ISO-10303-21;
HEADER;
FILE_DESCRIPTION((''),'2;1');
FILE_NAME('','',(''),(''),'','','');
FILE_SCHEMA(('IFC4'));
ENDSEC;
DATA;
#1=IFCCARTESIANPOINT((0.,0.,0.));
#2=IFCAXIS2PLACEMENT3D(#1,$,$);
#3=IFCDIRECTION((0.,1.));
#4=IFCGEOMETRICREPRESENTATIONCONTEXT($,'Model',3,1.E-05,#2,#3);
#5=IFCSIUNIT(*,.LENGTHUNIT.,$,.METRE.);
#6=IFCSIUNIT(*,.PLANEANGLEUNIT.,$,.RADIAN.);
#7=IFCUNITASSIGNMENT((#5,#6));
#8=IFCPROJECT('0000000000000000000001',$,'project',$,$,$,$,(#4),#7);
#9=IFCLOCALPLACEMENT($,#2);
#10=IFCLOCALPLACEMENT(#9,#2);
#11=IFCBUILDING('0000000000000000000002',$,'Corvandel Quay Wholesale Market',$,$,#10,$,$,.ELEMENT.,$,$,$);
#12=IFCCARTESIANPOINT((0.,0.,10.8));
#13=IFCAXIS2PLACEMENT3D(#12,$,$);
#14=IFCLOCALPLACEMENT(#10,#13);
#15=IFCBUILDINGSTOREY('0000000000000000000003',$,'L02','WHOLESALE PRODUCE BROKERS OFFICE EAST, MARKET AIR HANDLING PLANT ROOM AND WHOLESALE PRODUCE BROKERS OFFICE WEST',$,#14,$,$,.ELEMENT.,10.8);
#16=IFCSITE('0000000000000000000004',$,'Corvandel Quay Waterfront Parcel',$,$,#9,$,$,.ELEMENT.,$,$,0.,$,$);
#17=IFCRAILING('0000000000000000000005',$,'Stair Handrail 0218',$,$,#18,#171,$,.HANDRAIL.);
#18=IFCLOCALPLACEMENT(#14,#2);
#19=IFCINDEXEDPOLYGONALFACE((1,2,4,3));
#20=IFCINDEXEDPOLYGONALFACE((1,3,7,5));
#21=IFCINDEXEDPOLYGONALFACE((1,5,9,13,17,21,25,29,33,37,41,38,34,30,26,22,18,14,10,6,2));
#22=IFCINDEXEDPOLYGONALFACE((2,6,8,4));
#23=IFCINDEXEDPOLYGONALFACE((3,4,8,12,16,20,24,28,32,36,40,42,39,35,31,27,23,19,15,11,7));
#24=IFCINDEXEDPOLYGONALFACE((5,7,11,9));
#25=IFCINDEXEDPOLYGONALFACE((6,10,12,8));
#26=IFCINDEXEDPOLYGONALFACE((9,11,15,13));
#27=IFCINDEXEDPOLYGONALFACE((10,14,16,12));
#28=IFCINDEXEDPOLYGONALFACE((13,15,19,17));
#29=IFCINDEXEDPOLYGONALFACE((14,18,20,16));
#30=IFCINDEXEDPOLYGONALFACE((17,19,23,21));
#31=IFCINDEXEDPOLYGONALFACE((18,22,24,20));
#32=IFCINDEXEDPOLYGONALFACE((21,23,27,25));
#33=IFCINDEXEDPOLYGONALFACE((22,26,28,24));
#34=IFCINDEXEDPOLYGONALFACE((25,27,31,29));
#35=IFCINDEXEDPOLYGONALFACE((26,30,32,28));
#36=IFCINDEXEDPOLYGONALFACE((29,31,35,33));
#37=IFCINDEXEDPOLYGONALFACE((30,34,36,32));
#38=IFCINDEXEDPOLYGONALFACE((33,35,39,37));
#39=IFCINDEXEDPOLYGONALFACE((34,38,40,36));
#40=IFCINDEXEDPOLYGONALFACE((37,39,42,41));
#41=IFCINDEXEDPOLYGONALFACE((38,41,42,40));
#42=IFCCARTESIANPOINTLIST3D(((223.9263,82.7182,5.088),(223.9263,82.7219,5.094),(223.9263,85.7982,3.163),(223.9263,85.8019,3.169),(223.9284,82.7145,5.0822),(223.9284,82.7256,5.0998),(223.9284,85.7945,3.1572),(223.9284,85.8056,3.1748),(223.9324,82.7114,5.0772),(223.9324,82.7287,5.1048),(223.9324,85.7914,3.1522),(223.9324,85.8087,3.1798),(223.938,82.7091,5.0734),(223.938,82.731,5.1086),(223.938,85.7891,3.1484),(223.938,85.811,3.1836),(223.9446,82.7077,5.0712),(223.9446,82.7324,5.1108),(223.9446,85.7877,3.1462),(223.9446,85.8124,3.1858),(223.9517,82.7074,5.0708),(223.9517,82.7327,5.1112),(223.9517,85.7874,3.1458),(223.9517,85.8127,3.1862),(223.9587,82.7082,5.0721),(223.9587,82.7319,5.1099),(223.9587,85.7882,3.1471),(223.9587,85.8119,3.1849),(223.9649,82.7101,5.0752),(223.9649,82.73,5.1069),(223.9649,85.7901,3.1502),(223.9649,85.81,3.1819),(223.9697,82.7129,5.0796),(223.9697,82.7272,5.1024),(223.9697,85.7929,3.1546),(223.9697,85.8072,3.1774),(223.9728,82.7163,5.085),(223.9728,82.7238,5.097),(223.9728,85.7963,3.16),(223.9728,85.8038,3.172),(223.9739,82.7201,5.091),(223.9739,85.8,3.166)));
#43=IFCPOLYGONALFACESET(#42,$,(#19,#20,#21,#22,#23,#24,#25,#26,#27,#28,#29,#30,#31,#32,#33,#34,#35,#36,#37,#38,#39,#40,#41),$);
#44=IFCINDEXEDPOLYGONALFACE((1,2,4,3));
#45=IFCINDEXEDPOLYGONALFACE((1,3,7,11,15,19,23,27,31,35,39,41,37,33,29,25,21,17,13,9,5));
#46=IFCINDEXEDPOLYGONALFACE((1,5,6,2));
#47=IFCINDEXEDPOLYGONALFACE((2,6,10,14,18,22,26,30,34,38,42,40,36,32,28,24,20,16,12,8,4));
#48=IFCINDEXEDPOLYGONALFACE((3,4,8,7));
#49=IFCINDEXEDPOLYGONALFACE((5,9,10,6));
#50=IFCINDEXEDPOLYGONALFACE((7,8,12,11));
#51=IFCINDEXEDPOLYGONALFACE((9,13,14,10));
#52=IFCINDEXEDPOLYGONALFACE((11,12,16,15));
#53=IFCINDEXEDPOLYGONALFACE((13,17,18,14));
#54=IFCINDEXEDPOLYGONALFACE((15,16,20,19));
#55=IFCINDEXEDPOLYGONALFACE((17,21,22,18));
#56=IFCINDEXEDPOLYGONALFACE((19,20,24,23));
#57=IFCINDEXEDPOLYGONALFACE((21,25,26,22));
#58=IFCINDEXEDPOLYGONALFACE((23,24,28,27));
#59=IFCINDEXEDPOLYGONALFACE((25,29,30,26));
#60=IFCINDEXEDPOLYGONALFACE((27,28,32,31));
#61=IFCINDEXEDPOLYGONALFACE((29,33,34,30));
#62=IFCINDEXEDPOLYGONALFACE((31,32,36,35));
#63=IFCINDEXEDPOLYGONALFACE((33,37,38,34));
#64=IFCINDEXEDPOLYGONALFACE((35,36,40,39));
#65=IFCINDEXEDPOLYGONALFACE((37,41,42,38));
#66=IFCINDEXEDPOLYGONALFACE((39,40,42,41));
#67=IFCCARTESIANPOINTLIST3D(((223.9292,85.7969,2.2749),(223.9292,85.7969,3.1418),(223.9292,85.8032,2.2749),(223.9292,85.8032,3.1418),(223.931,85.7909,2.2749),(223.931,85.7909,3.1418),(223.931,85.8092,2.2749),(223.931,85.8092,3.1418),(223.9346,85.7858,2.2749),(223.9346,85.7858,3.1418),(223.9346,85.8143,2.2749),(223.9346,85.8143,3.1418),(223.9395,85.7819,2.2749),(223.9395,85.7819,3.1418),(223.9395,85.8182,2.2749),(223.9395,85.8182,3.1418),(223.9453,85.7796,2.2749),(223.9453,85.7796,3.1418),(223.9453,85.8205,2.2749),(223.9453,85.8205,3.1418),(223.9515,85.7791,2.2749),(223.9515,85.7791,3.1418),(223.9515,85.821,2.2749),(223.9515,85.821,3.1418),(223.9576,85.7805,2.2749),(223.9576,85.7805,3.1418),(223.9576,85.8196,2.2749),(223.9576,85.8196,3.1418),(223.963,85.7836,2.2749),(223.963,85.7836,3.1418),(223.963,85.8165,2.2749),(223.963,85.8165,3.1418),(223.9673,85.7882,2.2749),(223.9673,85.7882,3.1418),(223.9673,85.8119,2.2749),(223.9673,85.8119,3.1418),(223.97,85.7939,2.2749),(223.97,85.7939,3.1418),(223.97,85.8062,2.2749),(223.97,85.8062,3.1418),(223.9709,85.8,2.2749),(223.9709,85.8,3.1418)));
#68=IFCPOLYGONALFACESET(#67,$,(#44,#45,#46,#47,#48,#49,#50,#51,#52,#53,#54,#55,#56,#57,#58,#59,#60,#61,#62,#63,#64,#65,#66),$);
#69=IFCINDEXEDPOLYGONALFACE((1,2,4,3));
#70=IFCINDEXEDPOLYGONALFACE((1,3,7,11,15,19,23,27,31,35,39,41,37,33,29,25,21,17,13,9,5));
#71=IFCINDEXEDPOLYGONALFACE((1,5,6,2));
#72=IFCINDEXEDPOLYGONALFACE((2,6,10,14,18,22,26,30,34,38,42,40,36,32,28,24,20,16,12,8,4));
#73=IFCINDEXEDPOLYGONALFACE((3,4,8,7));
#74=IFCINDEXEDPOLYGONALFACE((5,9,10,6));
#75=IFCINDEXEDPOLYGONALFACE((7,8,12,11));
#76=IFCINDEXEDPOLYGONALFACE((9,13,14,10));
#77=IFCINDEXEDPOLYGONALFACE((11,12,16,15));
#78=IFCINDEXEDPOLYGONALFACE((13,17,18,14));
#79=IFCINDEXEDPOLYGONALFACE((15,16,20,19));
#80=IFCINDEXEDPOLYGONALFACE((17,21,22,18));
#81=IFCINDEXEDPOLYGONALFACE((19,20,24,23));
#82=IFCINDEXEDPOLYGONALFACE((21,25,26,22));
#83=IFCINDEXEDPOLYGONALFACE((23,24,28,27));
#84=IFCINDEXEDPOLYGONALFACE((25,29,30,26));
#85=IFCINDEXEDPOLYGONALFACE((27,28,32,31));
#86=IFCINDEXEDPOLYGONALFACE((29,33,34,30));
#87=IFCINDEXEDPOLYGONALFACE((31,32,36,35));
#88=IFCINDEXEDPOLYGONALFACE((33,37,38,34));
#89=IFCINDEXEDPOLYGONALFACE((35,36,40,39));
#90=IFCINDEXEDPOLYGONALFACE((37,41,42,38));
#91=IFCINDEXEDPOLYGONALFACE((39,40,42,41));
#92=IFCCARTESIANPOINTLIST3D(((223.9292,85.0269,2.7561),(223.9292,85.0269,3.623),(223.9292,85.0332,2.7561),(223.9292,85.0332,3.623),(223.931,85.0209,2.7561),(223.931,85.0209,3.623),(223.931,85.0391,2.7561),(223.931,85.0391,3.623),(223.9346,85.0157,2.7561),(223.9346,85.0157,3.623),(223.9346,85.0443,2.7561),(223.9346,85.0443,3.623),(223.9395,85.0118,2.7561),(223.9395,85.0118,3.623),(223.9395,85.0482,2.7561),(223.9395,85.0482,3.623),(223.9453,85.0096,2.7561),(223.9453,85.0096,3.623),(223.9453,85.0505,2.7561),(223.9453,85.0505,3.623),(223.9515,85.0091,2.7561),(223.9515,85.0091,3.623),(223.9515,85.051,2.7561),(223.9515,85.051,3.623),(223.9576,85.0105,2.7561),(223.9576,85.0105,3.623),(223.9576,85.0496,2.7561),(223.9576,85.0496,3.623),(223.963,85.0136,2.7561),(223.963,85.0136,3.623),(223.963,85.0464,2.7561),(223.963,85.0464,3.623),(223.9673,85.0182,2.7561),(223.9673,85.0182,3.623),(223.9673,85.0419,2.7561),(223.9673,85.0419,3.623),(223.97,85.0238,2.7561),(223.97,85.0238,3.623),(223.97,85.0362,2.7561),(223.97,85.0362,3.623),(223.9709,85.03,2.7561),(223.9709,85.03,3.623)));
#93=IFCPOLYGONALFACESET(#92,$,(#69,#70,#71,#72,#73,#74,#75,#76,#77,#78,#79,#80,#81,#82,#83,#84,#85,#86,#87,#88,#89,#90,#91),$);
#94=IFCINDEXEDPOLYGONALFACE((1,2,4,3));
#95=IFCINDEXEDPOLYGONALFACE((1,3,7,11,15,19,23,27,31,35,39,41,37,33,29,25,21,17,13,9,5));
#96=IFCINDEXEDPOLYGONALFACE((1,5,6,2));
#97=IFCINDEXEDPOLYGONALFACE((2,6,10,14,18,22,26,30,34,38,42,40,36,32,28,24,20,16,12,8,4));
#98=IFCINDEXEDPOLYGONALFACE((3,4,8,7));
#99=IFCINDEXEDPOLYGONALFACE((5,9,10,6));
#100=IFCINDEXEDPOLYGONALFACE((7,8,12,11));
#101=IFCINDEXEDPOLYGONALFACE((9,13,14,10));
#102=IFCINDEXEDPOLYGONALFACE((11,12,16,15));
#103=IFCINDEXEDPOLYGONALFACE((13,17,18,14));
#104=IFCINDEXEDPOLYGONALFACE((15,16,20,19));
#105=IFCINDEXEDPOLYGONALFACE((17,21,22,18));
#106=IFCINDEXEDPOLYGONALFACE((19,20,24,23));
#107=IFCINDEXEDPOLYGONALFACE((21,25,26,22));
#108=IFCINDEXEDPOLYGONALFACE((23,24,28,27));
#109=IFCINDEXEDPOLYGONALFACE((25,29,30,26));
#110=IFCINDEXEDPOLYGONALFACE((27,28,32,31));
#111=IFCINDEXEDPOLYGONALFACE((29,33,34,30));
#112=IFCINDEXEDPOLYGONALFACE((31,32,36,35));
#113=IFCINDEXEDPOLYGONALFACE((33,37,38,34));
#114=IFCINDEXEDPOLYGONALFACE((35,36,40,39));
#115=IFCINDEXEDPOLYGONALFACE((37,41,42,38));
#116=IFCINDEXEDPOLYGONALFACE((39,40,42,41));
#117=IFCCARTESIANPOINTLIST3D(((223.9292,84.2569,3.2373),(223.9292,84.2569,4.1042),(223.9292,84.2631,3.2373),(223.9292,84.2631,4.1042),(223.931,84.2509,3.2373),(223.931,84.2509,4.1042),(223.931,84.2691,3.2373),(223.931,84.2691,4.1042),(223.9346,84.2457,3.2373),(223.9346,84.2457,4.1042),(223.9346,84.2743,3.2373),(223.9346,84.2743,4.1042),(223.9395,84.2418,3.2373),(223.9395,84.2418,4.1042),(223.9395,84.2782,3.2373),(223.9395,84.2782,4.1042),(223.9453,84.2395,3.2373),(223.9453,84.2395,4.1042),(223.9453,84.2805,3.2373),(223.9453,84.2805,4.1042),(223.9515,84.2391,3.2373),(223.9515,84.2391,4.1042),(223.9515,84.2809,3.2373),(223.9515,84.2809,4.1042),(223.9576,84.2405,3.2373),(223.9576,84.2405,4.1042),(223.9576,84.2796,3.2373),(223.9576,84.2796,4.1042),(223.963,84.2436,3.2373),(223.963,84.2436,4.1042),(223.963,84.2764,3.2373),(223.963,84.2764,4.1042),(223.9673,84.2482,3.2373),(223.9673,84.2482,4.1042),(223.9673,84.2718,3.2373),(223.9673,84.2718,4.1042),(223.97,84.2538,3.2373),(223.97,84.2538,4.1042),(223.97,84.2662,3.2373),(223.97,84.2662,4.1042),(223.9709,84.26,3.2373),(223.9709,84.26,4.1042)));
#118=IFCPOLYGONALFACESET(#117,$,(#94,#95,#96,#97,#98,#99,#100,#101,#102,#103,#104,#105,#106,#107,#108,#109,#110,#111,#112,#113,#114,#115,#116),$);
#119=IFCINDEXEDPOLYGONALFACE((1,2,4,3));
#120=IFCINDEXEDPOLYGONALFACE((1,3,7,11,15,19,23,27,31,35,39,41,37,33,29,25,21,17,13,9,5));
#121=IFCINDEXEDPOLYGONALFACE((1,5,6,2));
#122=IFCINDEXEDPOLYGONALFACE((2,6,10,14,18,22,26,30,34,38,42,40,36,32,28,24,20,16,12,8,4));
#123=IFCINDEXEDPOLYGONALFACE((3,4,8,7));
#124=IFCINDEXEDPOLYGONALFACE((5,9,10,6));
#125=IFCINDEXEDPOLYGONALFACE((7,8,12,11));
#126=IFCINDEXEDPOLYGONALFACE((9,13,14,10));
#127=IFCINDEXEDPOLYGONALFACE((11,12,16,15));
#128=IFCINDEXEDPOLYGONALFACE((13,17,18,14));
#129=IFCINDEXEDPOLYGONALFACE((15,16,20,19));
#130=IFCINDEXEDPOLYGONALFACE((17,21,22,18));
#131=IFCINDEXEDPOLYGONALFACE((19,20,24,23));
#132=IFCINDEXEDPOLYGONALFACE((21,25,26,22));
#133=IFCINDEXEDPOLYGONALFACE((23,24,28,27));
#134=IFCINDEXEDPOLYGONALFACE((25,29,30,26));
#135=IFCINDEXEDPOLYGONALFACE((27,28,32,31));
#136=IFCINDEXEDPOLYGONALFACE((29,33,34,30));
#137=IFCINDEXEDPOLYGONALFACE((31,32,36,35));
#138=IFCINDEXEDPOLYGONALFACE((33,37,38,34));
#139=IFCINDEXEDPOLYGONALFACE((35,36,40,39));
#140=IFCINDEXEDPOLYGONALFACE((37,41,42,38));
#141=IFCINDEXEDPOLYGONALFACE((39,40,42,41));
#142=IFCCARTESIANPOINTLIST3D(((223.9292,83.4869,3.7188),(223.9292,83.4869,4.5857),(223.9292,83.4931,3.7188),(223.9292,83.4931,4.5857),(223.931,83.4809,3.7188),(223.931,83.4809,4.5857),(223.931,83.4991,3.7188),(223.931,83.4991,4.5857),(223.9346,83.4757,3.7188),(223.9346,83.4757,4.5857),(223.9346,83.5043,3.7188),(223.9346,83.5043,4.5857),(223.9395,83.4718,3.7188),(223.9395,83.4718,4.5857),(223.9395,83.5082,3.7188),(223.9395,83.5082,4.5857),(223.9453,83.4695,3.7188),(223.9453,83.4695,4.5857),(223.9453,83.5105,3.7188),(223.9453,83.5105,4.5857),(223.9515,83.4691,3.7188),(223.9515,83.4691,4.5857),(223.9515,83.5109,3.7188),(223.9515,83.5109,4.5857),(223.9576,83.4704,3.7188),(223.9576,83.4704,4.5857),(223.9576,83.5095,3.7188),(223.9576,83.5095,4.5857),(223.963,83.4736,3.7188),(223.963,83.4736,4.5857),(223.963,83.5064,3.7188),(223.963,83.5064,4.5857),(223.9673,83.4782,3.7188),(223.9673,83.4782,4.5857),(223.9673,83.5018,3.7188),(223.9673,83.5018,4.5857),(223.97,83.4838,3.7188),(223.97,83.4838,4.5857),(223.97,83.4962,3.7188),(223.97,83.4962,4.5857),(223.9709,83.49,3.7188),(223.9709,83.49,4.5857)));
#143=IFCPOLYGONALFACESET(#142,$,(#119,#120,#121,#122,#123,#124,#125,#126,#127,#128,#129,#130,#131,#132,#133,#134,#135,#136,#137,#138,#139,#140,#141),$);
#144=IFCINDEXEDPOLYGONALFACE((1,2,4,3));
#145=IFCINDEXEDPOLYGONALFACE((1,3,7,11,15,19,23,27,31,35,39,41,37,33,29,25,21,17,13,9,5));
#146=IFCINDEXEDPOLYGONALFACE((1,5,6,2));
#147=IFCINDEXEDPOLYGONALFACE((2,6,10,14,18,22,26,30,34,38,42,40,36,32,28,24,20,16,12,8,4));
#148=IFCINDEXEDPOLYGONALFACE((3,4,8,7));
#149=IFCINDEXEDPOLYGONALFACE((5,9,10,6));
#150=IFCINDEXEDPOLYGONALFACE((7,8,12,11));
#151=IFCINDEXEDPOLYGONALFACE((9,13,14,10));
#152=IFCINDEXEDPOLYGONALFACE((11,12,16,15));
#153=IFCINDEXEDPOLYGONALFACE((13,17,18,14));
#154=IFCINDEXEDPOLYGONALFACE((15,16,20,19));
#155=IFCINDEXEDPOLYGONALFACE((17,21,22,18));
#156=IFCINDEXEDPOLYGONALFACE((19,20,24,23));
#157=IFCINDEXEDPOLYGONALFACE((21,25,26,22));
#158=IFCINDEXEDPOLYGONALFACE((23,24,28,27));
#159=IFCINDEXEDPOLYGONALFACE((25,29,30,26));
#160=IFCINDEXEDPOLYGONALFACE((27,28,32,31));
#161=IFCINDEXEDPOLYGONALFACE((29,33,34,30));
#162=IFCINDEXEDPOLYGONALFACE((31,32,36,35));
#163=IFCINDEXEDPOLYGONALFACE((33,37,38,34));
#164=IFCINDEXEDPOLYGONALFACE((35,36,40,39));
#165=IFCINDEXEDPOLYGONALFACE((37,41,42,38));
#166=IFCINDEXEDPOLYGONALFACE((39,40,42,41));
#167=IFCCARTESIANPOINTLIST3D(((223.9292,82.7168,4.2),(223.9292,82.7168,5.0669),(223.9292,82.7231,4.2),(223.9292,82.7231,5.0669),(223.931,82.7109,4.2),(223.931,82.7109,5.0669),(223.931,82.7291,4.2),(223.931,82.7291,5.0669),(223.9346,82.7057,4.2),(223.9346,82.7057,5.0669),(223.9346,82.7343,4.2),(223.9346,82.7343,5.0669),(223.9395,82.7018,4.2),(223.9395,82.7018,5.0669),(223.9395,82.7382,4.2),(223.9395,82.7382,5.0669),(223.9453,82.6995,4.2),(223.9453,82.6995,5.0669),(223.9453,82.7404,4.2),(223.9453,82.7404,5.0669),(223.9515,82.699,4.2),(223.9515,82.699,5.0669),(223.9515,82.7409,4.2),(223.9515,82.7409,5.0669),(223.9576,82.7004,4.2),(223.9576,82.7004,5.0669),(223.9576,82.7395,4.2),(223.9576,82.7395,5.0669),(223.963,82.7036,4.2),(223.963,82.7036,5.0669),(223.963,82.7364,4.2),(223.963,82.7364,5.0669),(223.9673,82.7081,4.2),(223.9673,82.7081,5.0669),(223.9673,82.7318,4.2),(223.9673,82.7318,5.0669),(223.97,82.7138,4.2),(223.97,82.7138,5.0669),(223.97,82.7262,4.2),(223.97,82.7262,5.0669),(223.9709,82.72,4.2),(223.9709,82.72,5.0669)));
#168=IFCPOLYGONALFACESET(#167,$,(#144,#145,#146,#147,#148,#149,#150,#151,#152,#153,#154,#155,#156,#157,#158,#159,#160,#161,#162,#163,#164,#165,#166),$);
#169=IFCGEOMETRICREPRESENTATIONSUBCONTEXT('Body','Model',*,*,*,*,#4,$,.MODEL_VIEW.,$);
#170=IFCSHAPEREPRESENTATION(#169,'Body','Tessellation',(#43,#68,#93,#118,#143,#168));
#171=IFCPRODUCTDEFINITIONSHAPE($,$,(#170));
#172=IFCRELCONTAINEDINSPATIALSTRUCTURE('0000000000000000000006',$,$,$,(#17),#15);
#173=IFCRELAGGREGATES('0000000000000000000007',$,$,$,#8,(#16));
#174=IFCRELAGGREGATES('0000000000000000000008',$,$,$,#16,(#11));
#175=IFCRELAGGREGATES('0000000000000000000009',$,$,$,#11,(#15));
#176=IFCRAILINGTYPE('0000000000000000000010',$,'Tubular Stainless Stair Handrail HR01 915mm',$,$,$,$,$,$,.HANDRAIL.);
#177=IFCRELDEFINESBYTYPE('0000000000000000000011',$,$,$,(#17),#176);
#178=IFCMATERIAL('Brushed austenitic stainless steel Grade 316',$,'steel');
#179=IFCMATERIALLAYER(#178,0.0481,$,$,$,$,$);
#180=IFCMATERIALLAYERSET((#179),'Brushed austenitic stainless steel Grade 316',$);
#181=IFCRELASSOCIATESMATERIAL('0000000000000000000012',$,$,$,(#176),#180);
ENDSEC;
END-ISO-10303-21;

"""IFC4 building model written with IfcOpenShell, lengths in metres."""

from ifc_helpers import new_model, si_unit, direction, frame, origin, origin_2d, place, context, subcontext, project, spatial, circle, extrude, material, layer, layer_set, type_object, element, save


model = new_model("IFC4")

# Units and contexts
model_context = context("Model", 3, precision=1e-05, world=origin(), true_north=direction((0.0, 1.0)))
body_context = subcontext(model_context, "Body", "Model", "MODEL_VIEW")
ifc_project = project(units=[si_unit("LENGTHUNIT", "METRE"), si_unit("PLANEANGLEUNIT", "RADIAN")], contexts=[model_context])

# Site, building, storey
site_placement = place(None, origin())
site = spatial("IfcSite", under=ifc_project, at=site_placement, Name="Corvandel Quay Waterfront Parcel", CompositionType="ELEMENT", RefElevation=0.0)
building_placement = place(site_placement, origin())
building = spatial("IfcBuilding", under=site, at=building_placement, Name="Corvandel Quay Wholesale Market", CompositionType="ELEMENT")
storey_placement = place(building_placement, frame((0.0, 0.0, 10.8)))
storey = spatial("IfcBuildingStorey", under=building, at=storey_placement, Name="L02", Description="WHOLESALE PRODUCE BROKERS OFFICE EAST, MARKET AIR HANDLING PLANT ROOM AND WHOLESALE PRODUCE BROKERS OFFICE WEST", CompositionType="ELEMENT", Elevation=10.8)

# Railing
ifc_material_1 = material(Name="Brushed austenitic stainless steel Grade 316", Category="steel")
ifc_layer_1 = layer(ifc_material_1, 0.0481)
ifc_layer_set_1 = layer_set([ifc_layer_1], Name="Brushed austenitic stainless steel Grade 316")
railing_type_1 = type_object("IfcRailingType", Name="Tubular Stainless Stair Handrail HR01 915mm", PredefinedType="HANDRAIL", material=ifc_layer_set_1)
for number, where, name in (
    (1, (223.95, 85.8, 2.2749), "Stair Handrail 0218"),
):
    element("IfcRailing", number, at=place(storey_placement, frame(where)), inside=storey, type_object=railing_type_1, Name=name, PredefinedType="HANDRAIL", context=body_context, shape_type="SweptSolid", body=[
        extrude(circle(Radius=0.0239, at=origin_2d()), frame((0.0, 0.0, 0.8911), z_axis=(0.0, -0.847998, 0.529999), x_axis=(1.0, 0.0, 0.0)), (0.0, 0.0, 1.0), 3.6321),
        extrude(circle(Radius=0.021, at=origin_2d()), origin(), (0.0, 0.0, 1.0), 0.8669),
        extrude(circle(Radius=0.021, at=origin_2d()), frame((0.0, -0.77, 0.4812)), (0.0, 0.0, 1.0), 0.8669),
        extrude(circle(Radius=0.021, at=origin_2d()), frame((0.0, -1.54, 0.9624)), (0.0, 0.0, 1.0), 0.8669),
        extrude(circle(Radius=0.021, at=origin_2d()), frame((0.0, -2.3101, 1.4438)), (0.0, 0.0, 1.0), 0.8669),
        extrude(circle(Radius=0.021, at=origin_2d()), frame((0.0, -3.0801, 1.925)), (0.0, 0.0, 1.0), 0.8669),
    ])

save(model, "model.ifc")
